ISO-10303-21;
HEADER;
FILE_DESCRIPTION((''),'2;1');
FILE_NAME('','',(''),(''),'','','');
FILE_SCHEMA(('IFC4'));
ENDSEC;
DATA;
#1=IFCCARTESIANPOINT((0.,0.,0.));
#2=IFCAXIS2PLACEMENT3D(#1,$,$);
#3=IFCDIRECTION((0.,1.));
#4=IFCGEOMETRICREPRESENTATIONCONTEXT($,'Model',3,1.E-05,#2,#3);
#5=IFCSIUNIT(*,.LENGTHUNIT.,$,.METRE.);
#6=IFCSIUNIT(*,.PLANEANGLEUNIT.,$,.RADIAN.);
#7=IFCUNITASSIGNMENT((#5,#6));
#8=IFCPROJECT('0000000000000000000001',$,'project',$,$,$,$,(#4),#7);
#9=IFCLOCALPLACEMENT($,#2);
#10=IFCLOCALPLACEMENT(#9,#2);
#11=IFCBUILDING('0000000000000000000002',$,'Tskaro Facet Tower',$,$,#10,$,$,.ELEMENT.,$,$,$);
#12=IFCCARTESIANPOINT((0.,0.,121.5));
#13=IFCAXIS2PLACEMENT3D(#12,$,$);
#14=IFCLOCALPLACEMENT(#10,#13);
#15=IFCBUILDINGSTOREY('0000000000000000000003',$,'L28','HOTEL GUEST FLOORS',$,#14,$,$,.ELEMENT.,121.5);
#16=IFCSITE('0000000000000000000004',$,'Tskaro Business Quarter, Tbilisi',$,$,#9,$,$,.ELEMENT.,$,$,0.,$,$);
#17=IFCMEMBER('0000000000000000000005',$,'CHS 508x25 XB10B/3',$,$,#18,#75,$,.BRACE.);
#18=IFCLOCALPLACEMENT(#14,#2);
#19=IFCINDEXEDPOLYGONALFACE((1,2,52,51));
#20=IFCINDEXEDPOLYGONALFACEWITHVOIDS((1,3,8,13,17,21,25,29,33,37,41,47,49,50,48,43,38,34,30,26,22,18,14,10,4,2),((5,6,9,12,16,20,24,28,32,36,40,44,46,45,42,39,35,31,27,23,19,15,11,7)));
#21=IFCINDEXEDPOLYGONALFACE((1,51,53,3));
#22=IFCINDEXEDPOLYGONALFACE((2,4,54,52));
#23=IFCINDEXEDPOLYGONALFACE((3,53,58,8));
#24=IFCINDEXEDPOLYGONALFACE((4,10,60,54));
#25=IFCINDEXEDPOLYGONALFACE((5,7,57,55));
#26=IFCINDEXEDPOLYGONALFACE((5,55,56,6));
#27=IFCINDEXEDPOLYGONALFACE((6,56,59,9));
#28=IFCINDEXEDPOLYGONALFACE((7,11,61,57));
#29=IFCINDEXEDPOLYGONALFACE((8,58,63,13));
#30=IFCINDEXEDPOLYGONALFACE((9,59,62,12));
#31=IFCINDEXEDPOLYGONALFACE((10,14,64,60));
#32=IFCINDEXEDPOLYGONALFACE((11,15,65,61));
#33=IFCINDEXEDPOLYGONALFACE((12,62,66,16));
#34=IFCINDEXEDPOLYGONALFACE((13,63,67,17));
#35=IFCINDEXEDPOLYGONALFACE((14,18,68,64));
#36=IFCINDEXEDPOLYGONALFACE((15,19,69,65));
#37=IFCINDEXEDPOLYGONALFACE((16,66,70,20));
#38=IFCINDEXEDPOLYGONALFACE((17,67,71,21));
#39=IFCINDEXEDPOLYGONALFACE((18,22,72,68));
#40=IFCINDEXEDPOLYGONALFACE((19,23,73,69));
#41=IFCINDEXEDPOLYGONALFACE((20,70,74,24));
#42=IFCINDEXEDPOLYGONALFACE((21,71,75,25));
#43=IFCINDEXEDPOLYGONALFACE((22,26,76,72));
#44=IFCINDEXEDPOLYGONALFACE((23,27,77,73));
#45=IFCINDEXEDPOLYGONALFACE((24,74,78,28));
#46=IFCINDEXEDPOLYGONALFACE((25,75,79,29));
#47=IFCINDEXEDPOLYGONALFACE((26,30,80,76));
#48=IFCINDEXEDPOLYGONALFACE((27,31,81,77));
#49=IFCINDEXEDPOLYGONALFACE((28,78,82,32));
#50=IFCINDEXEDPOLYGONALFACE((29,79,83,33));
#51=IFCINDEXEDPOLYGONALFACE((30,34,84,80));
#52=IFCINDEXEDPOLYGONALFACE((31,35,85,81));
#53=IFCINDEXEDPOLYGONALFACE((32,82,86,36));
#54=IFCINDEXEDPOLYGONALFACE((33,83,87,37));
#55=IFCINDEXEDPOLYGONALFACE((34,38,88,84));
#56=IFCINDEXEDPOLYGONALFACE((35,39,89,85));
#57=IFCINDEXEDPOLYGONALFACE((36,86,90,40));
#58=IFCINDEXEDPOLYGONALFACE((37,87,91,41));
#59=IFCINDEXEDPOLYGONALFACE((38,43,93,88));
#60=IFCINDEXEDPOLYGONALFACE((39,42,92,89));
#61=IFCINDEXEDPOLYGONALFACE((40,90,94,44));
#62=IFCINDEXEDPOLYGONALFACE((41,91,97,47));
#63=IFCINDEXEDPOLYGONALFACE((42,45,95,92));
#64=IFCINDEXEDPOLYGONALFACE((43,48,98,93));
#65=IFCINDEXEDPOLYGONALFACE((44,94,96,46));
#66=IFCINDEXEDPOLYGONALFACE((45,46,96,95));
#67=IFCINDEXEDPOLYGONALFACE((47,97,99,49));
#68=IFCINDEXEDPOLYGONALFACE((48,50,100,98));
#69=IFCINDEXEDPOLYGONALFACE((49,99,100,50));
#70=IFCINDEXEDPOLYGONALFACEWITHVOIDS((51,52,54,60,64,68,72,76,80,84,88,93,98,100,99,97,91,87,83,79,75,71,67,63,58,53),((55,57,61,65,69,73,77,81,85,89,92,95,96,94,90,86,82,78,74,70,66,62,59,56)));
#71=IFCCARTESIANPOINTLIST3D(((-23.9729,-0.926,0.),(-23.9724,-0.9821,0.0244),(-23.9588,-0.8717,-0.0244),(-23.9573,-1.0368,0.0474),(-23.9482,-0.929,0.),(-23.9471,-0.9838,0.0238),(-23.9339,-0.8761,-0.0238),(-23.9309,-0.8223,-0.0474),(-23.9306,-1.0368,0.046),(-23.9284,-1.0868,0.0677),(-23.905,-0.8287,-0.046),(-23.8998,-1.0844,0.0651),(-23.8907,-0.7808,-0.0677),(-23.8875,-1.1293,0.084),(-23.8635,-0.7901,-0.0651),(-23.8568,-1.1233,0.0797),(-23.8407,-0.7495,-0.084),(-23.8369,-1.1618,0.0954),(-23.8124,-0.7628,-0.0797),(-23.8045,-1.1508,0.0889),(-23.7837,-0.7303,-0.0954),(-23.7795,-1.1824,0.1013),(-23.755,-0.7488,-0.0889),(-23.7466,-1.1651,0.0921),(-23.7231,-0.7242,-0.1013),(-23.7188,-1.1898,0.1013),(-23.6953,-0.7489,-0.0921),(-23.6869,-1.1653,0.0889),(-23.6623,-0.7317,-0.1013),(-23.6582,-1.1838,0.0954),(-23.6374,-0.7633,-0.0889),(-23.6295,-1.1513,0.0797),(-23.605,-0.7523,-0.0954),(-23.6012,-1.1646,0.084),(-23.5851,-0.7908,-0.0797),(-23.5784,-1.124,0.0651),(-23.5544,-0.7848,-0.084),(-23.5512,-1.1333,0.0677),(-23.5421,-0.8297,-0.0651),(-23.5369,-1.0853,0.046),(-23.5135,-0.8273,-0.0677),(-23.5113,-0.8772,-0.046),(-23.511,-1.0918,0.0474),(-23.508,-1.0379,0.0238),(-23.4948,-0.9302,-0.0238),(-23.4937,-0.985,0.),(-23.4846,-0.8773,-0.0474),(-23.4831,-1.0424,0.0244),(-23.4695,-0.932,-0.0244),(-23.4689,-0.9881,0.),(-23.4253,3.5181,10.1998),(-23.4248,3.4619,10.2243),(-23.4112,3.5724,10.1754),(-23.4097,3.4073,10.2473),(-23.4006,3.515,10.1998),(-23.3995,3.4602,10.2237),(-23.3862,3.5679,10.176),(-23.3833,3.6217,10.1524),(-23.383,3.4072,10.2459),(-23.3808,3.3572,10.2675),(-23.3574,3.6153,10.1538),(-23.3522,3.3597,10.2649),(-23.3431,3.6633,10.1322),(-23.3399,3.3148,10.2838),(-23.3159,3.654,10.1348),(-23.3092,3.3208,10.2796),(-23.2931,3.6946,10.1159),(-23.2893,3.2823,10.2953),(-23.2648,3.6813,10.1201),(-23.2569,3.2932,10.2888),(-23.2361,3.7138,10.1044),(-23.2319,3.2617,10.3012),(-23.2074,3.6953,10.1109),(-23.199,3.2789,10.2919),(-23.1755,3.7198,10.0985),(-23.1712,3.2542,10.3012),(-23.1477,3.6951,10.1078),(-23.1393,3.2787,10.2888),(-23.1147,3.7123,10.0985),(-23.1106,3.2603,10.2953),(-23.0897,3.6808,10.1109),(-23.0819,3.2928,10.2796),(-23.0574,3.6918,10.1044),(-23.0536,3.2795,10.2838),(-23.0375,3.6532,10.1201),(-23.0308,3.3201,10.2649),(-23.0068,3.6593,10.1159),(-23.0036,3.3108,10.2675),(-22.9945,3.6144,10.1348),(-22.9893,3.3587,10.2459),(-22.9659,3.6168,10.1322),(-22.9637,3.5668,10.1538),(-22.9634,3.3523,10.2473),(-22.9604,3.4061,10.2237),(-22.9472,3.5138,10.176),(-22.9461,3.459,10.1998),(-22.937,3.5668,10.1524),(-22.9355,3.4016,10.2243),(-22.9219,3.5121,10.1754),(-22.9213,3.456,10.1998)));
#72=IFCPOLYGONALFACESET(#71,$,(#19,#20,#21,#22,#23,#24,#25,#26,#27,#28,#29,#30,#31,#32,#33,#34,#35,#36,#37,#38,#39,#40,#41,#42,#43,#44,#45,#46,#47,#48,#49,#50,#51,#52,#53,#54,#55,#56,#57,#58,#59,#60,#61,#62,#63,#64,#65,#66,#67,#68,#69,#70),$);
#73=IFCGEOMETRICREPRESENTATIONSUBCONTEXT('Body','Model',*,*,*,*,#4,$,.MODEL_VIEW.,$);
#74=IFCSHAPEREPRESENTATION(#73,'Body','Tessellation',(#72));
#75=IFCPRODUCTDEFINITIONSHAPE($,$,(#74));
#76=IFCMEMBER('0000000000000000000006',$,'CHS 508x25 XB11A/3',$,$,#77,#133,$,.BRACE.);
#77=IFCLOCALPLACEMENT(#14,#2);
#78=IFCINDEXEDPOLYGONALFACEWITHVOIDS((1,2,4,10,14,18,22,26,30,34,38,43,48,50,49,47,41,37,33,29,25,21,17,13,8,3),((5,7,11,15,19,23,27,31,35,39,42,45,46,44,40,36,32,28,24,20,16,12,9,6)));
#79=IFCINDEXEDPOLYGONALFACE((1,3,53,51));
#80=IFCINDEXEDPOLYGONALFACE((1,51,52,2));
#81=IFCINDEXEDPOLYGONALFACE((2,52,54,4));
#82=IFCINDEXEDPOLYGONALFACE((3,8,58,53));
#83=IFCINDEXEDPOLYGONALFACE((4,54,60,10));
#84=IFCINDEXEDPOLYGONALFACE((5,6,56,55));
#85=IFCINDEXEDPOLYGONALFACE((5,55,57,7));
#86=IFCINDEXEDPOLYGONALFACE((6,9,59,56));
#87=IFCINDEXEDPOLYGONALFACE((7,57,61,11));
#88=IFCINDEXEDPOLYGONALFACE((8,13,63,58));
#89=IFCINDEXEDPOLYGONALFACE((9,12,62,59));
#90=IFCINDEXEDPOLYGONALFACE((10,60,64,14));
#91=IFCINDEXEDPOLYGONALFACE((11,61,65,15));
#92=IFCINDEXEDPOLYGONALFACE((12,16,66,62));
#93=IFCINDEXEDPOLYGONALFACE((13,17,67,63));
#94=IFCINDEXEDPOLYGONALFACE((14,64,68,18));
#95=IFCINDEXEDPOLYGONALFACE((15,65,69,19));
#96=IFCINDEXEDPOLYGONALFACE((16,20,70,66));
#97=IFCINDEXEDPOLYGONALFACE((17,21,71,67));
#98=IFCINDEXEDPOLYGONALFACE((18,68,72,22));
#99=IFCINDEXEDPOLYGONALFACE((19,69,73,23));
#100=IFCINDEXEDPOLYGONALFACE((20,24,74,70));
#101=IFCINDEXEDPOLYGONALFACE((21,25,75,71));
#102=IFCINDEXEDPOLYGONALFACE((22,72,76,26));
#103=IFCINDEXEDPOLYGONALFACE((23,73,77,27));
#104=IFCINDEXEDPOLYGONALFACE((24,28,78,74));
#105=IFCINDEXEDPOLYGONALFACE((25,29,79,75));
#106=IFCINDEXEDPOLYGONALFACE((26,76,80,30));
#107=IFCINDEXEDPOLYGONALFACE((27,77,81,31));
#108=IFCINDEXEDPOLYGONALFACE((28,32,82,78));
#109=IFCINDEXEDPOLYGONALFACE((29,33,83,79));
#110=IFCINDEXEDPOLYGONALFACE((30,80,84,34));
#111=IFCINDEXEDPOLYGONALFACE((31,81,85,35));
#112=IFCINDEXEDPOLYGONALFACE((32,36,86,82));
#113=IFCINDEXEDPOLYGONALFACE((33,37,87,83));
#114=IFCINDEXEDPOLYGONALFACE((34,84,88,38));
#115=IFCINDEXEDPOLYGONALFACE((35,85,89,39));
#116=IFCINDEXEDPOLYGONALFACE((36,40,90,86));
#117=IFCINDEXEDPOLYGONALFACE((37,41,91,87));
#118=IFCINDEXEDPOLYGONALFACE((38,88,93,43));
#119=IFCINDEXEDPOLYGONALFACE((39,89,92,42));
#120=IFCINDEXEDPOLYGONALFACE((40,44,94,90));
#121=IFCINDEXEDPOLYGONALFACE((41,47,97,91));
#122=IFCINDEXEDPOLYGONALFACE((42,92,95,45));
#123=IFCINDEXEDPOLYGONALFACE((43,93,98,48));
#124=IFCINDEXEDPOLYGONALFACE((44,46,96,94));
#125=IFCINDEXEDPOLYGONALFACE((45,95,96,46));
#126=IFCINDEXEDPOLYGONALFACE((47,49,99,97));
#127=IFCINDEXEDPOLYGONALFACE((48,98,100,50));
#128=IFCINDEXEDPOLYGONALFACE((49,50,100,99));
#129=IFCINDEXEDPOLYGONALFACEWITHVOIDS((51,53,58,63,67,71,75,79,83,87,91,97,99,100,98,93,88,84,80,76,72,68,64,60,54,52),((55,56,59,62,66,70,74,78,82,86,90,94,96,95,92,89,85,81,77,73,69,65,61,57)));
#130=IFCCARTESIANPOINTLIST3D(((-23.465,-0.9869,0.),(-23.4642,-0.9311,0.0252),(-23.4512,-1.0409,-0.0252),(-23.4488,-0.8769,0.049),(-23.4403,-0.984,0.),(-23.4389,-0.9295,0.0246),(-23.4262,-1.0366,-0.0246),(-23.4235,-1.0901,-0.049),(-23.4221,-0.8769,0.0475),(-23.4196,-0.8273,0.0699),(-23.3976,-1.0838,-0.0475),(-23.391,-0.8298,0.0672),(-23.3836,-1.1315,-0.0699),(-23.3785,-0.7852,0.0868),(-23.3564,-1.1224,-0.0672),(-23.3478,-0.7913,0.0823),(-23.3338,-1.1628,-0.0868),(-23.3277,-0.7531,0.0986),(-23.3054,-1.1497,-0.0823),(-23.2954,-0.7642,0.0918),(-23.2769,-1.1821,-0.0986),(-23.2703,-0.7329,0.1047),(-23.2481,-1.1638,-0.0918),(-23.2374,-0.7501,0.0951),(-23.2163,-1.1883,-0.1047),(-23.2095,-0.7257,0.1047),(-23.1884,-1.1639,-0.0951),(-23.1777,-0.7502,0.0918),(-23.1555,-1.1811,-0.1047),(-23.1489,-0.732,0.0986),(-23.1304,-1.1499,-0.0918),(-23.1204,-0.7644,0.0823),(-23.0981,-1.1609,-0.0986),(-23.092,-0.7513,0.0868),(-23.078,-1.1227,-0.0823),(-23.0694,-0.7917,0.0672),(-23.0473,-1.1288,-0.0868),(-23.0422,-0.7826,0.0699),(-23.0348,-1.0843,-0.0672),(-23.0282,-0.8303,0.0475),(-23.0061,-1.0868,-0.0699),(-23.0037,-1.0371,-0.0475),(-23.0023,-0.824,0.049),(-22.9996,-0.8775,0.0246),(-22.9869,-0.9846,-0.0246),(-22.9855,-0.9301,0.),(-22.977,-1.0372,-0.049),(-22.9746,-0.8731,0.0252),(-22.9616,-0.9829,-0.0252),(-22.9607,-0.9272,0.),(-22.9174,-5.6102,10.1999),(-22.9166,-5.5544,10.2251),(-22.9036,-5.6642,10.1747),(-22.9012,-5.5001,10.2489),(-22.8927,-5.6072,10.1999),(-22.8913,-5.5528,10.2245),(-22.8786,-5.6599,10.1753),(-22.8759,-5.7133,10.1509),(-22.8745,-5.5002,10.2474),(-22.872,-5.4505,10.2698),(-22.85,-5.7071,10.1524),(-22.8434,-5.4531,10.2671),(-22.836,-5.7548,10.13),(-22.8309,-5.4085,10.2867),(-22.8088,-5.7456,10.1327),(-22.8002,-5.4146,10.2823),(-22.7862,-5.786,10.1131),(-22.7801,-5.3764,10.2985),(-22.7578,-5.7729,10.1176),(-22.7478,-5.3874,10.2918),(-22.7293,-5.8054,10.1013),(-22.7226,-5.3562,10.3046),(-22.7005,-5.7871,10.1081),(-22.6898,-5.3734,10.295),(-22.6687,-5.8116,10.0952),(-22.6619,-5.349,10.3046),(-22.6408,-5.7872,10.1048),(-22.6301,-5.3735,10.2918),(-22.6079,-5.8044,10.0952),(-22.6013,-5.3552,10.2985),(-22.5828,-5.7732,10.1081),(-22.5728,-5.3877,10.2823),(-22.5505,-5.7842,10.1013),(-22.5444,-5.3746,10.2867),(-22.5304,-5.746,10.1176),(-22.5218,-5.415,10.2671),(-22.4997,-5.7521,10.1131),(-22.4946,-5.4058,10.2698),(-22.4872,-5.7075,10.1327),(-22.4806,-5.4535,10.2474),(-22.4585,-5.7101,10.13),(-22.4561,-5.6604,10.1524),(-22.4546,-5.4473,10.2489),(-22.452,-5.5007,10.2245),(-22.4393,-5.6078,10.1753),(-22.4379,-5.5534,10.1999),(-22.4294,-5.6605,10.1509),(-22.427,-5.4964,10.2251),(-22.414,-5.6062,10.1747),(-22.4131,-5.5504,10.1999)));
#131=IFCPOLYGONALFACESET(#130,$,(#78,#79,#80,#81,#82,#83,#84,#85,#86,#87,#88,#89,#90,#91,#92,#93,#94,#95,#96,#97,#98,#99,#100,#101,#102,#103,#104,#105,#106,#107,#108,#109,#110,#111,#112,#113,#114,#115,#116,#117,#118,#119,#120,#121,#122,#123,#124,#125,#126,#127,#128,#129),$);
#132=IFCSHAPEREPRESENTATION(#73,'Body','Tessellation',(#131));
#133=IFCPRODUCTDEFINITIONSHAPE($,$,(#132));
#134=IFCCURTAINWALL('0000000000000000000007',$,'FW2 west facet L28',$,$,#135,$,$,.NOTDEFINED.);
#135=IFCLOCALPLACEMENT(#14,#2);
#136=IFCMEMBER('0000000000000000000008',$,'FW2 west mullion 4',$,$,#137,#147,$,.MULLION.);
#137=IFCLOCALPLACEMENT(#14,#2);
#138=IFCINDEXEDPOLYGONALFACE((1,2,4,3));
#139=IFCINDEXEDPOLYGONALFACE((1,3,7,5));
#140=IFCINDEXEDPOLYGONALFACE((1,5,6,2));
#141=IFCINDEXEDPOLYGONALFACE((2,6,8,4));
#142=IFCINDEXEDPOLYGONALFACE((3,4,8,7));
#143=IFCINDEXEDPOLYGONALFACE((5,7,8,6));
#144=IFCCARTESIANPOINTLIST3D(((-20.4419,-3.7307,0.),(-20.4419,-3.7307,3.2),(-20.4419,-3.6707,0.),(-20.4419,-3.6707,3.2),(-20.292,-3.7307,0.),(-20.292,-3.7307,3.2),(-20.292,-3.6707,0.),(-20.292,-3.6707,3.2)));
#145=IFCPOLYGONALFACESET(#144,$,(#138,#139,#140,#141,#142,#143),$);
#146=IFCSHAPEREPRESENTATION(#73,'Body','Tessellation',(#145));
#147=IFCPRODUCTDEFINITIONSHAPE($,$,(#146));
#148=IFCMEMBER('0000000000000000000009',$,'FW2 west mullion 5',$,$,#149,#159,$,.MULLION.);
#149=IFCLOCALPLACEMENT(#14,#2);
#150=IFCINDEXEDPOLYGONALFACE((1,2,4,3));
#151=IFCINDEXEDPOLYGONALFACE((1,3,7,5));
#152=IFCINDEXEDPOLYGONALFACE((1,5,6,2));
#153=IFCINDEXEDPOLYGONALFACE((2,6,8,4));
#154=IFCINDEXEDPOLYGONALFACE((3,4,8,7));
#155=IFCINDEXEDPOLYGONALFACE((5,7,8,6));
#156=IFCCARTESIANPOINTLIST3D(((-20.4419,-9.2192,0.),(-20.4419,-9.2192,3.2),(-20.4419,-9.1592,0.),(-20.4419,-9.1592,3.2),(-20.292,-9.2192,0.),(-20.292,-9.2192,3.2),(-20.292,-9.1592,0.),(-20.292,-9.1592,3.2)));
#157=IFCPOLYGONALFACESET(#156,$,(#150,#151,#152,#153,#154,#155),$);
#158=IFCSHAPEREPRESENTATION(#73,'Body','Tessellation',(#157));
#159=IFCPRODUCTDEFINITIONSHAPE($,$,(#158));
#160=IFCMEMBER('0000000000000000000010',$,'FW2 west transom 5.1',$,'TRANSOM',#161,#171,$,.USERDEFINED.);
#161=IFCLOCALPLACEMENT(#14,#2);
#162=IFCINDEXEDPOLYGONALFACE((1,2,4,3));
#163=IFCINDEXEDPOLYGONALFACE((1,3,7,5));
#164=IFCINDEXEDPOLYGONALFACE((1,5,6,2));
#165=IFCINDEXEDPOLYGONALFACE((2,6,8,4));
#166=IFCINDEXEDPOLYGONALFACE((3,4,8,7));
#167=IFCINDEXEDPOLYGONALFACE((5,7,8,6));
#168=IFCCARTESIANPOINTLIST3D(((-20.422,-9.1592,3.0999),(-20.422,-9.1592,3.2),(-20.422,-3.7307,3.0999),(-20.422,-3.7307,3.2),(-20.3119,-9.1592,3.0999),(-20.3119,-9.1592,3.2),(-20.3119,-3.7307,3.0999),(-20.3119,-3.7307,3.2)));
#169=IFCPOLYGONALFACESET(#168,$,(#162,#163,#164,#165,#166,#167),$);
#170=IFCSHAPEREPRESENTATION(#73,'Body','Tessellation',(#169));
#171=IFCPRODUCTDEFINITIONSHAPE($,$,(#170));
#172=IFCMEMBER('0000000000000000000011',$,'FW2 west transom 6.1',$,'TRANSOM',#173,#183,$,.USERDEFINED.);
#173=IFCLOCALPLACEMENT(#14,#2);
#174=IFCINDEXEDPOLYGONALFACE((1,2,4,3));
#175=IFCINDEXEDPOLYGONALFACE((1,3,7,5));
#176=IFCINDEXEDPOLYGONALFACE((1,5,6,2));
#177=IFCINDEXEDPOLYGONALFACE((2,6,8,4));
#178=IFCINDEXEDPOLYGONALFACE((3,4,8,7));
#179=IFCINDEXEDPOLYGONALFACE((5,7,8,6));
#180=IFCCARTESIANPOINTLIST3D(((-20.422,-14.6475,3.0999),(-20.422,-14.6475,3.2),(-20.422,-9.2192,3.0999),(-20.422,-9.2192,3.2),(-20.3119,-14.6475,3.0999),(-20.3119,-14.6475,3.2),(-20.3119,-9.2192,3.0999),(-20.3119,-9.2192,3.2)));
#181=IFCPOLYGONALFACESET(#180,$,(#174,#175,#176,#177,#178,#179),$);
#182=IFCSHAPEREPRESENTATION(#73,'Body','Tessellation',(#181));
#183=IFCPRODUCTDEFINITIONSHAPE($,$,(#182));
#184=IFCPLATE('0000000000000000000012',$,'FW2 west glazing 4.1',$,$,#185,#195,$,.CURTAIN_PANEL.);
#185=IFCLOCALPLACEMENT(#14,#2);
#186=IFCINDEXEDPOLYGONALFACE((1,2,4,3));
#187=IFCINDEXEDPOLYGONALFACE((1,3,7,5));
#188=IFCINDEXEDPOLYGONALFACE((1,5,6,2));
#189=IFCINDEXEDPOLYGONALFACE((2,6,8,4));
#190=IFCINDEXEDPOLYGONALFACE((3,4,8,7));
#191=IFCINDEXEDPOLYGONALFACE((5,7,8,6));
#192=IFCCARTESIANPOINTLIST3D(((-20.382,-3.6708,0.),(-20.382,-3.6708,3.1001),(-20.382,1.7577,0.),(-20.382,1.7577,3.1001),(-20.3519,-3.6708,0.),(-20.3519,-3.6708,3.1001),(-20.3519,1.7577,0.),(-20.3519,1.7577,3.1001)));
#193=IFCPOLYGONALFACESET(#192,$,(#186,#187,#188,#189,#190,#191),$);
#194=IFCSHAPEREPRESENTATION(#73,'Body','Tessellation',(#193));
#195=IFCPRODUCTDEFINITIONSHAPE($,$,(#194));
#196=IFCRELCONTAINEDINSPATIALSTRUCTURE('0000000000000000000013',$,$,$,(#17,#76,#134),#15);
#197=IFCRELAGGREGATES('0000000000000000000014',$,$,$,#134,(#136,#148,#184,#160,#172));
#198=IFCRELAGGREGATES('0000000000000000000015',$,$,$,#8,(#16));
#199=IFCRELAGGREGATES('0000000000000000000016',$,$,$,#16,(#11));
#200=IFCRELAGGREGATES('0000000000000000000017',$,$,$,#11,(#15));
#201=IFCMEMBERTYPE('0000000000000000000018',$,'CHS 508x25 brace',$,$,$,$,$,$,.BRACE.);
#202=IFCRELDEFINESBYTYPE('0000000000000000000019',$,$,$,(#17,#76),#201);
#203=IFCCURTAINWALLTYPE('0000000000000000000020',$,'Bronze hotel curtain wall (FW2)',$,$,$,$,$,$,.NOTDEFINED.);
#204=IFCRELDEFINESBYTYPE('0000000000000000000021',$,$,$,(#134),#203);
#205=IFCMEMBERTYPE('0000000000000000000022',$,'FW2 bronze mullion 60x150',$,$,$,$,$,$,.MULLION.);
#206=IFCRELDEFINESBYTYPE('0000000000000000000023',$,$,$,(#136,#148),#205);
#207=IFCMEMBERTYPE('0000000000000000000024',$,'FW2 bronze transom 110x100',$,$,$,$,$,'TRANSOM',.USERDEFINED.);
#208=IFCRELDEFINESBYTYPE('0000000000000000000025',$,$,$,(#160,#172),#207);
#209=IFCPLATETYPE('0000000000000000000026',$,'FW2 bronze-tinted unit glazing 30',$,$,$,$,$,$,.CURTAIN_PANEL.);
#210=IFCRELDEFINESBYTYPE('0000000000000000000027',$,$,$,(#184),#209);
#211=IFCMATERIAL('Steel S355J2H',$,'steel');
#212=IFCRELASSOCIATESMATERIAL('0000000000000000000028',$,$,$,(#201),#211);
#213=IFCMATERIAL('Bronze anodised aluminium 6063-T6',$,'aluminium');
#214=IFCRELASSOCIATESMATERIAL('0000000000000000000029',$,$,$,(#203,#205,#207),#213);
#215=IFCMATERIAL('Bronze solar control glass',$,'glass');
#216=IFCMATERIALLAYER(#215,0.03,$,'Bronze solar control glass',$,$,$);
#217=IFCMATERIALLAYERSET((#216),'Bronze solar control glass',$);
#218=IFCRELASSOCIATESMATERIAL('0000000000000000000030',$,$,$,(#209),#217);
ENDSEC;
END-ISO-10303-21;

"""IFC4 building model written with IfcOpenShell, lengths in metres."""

from ifc_helpers import new_model, si_unit, direction, frame, origin, origin_2d, place, context, subcontext, project, spatial, rectangle, hollow_circle, extrude, material, layer, layer_set, material_profile, profile_set, type_object, element, aggregate, save


model = new_model("IFC4")

# Units and contexts
model_context = context("Model", 3, precision=1e-05, world=origin(), true_north=direction((0.0, 1.0)))
body_context = subcontext(model_context, "Body", "Model", "MODEL_VIEW")
ifc_project = project(units=[si_unit("LENGTHUNIT", "METRE"), si_unit("PLANEANGLEUNIT", "RADIAN")], contexts=[model_context])

# Site, building, storey
site_placement = place(None, origin())
site = spatial("IfcSite", under=ifc_project, at=site_placement, Name="Tskaro Business Quarter, Tbilisi", CompositionType="ELEMENT", RefElevation=0.0)
building_placement = place(site_placement, origin())
building = spatial("IfcBuilding", under=site, at=building_placement, Name="Tskaro Facet Tower", CompositionType="ELEMENT")
storey_placement = place(building_placement, frame((0.0, 0.0, 121.5)))
storey = spatial("IfcBuildingStorey", under=building, at=storey_placement, Name="L28", Description="HOTEL GUEST FLOORS", CompositionType="ELEMENT", Elevation=121.5)

# Shared definitions
ifc_material_1 = material(Name="Steel S355J2H", Category="steel")

# Members
ifc_material_profile_1 = material_profile(ifc_material_1, hollow_circle(Radius=0.2539, WallThickness=0.0249, at=origin_2d()), Name="CHS 508x25")
ifc_profile_set_1 = profile_set([ifc_material_profile_1], Name="Steel S355J2H")
member_type_1 = type_object("IfcMemberType", Name="CHS 508x25 brace", PredefinedType="BRACE", material=ifc_profile_set_1)
member_1_placement = place(storey_placement, frame((-23.7209, -0.957, 0.0), z_axis=(0.049159, 0.398948, 0.915655), x_axis=(-0.992494, 0.122296, 0.0)))
element("IfcMember", 1, at=member_1_placement, inside=storey, type_object=member_type_1, Name="CHS 508x25 XB10B/3", PredefinedType="BRACE", context=body_context, shape_type="SweptSolid", body=[
    extrude(hollow_circle(Radius=0.2539, WallThickness=0.0249, at=origin_2d()), origin(), (0.0, 0.0, 1.0), 11.1394),
])
member_2_placement = place(storey_placement, frame((-23.2129, -0.957, 0.0), z_axis=(0.04884, -0.412344, 0.909718), x_axis=(0.993058, 0.117623, 0.0)))
element("IfcMember", 2, at=member_2_placement, inside=storey, type_object=member_type_1, Name="CHS 508x25 XB11A/3", PredefinedType="BRACE", context=body_context, shape_type="SweptSolid", body=[
    extrude(hollow_circle(Radius=0.2539, WallThickness=0.0249, at=origin_2d()), origin(), (0.0, 0.0, 1.0), 11.2122),
])

# Curtain wall, members, plate
ifc_material_2 = material(Name="Bronze anodised aluminium 6063-T6", Category="aluminium")
curtain_wall_type = type_object("IfcCurtainWallType", Name="Bronze hotel curtain wall (FW2)", PredefinedType="NOTDEFINED", material=ifc_material_2)
curtain_wall_placement = place(storey_placement, origin())
curtain_wall = element("IfcCurtainWall", 3, at=curtain_wall_placement, inside=storey, type_object=curtain_wall_type, Name="FW2 west facet L28", PredefinedType="NOTDEFINED")
ifc_material_profile_2 = material_profile(ifc_material_2, rectangle(XDim=0.0601, YDim=0.1499, at=origin_2d()), Name="Mullion 60x150")
ifc_profile_set_2 = profile_set([ifc_material_profile_2], Name="Bronze anodised aluminium 6063-T6")
member_type_2 = type_object("IfcMemberType", Name="FW2 bronze mullion 60x150", PredefinedType="MULLION", material=ifc_profile_set_2)
member_3_placement = place(storey_placement, frame((-20.3669, -3.7007, 0.0), z_axis=(0.0, 0.0, 1.0), x_axis=(0.0, -1.0, 0.0)))
member_3 = element("IfcMember", 4, at=member_3_placement, type_object=member_type_2, Name="FW2 west mullion 4", PredefinedType="MULLION", context=body_context, shape_type="SweptSolid", body=[
    extrude(rectangle(XDim=0.0601, YDim=0.1499, at=origin_2d()), origin(), (0.0, 0.0, 1.0), 3.2),
])
member_4_placement = place(storey_placement, frame((-20.3669, -9.1892, 0.0), z_axis=(0.0, 0.0, 1.0), x_axis=(0.0, -1.0, 0.0)))
member_4 = element("IfcMember", 5, at=member_4_placement, type_object=member_type_2, Name="FW2 west mullion 5", PredefinedType="MULLION", context=body_context, shape_type="SweptSolid", body=[
    extrude(rectangle(XDim=0.0601, YDim=0.1499, at=origin_2d()), origin(), (0.0, 0.0, 1.0), 3.2),
])
ifc_material_profile_3 = material_profile(ifc_material_2, rectangle(XDim=0.1101, YDim=0.1001, at=origin_2d()), Name="Transom 110x100")
ifc_profile_set_3 = profile_set([ifc_material_profile_3], Name="Bronze anodised aluminium 6063-T6")
member_type_3 = type_object("IfcMemberType", Name="FW2 bronze transom 110x100", ElementType="TRANSOM", PredefinedType="USERDEFINED", material=ifc_profile_set_3)
member_5_placement = place(storey_placement, frame((-20.3669, -3.7307, 3.1499), z_axis=(0.0, -1.0, 0.0), x_axis=(1.0, 0.0, 0.0)))
member_5 = element("IfcMember", 6, at=member_5_placement, type_object=member_type_3, Name="FW2 west transom 5.1", ObjectType="TRANSOM", PredefinedType="USERDEFINED", context=body_context, shape_type="SweptSolid", body=[
    extrude(rectangle(XDim=0.1101, YDim=0.1001, at=origin_2d()), origin(), (0.0, 0.0, 1.0), 5.4285),
])
member_6_placement = place(storey_placement, frame((-20.3669, -9.2192, 3.1499), z_axis=(0.0, -1.0, 0.0), x_axis=(1.0, 0.0, 0.0)))
member_6 = element("IfcMember", 7, at=member_6_placement, type_object=member_type_3, Name="FW2 west transom 6.1", ObjectType="TRANSOM", PredefinedType="USERDEFINED", context=body_context, shape_type="SweptSolid", body=[
    extrude(rectangle(XDim=0.1101, YDim=0.1001, at=origin_2d()), origin(), (0.0, 0.0, 1.0), 5.4282),
])
ifc_material_3 = material(Name="Bronze solar control glass", Category="glass")
ifc_layer_1 = layer(ifc_material_3, 0.03, Name="Bronze solar control glass")
ifc_layer_set_1 = layer_set([ifc_layer_1], Name="Bronze solar control glass")
plate_type = type_object("IfcPlateType", Name="FW2 bronze-tinted unit glazing 30", PredefinedType="CURTAIN_PANEL", material=ifc_layer_set_1)
plate_1_placement = place(storey_placement, frame((-20.3669, -0.9565, 0.0), z_axis=(0.0, 0.0, 1.0), x_axis=(0.0, -1.0, 0.0)))
plate_1 = element("IfcPlate", 8, at=plate_1_placement, type_object=plate_type, Name="FW2 west glazing 4.1", PredefinedType="CURTAIN_PANEL", context=body_context, shape_type="SweptSolid", body=[
    extrude(rectangle(XDim=5.4285, YDim=0.03, at=origin_2d()), origin(), (0.0, 0.0, 1.0), 3.1001),
])
aggregate(curtain_wall, [member_3, member_4, plate_1, member_5, member_6])

save(model, "model.ifc")
